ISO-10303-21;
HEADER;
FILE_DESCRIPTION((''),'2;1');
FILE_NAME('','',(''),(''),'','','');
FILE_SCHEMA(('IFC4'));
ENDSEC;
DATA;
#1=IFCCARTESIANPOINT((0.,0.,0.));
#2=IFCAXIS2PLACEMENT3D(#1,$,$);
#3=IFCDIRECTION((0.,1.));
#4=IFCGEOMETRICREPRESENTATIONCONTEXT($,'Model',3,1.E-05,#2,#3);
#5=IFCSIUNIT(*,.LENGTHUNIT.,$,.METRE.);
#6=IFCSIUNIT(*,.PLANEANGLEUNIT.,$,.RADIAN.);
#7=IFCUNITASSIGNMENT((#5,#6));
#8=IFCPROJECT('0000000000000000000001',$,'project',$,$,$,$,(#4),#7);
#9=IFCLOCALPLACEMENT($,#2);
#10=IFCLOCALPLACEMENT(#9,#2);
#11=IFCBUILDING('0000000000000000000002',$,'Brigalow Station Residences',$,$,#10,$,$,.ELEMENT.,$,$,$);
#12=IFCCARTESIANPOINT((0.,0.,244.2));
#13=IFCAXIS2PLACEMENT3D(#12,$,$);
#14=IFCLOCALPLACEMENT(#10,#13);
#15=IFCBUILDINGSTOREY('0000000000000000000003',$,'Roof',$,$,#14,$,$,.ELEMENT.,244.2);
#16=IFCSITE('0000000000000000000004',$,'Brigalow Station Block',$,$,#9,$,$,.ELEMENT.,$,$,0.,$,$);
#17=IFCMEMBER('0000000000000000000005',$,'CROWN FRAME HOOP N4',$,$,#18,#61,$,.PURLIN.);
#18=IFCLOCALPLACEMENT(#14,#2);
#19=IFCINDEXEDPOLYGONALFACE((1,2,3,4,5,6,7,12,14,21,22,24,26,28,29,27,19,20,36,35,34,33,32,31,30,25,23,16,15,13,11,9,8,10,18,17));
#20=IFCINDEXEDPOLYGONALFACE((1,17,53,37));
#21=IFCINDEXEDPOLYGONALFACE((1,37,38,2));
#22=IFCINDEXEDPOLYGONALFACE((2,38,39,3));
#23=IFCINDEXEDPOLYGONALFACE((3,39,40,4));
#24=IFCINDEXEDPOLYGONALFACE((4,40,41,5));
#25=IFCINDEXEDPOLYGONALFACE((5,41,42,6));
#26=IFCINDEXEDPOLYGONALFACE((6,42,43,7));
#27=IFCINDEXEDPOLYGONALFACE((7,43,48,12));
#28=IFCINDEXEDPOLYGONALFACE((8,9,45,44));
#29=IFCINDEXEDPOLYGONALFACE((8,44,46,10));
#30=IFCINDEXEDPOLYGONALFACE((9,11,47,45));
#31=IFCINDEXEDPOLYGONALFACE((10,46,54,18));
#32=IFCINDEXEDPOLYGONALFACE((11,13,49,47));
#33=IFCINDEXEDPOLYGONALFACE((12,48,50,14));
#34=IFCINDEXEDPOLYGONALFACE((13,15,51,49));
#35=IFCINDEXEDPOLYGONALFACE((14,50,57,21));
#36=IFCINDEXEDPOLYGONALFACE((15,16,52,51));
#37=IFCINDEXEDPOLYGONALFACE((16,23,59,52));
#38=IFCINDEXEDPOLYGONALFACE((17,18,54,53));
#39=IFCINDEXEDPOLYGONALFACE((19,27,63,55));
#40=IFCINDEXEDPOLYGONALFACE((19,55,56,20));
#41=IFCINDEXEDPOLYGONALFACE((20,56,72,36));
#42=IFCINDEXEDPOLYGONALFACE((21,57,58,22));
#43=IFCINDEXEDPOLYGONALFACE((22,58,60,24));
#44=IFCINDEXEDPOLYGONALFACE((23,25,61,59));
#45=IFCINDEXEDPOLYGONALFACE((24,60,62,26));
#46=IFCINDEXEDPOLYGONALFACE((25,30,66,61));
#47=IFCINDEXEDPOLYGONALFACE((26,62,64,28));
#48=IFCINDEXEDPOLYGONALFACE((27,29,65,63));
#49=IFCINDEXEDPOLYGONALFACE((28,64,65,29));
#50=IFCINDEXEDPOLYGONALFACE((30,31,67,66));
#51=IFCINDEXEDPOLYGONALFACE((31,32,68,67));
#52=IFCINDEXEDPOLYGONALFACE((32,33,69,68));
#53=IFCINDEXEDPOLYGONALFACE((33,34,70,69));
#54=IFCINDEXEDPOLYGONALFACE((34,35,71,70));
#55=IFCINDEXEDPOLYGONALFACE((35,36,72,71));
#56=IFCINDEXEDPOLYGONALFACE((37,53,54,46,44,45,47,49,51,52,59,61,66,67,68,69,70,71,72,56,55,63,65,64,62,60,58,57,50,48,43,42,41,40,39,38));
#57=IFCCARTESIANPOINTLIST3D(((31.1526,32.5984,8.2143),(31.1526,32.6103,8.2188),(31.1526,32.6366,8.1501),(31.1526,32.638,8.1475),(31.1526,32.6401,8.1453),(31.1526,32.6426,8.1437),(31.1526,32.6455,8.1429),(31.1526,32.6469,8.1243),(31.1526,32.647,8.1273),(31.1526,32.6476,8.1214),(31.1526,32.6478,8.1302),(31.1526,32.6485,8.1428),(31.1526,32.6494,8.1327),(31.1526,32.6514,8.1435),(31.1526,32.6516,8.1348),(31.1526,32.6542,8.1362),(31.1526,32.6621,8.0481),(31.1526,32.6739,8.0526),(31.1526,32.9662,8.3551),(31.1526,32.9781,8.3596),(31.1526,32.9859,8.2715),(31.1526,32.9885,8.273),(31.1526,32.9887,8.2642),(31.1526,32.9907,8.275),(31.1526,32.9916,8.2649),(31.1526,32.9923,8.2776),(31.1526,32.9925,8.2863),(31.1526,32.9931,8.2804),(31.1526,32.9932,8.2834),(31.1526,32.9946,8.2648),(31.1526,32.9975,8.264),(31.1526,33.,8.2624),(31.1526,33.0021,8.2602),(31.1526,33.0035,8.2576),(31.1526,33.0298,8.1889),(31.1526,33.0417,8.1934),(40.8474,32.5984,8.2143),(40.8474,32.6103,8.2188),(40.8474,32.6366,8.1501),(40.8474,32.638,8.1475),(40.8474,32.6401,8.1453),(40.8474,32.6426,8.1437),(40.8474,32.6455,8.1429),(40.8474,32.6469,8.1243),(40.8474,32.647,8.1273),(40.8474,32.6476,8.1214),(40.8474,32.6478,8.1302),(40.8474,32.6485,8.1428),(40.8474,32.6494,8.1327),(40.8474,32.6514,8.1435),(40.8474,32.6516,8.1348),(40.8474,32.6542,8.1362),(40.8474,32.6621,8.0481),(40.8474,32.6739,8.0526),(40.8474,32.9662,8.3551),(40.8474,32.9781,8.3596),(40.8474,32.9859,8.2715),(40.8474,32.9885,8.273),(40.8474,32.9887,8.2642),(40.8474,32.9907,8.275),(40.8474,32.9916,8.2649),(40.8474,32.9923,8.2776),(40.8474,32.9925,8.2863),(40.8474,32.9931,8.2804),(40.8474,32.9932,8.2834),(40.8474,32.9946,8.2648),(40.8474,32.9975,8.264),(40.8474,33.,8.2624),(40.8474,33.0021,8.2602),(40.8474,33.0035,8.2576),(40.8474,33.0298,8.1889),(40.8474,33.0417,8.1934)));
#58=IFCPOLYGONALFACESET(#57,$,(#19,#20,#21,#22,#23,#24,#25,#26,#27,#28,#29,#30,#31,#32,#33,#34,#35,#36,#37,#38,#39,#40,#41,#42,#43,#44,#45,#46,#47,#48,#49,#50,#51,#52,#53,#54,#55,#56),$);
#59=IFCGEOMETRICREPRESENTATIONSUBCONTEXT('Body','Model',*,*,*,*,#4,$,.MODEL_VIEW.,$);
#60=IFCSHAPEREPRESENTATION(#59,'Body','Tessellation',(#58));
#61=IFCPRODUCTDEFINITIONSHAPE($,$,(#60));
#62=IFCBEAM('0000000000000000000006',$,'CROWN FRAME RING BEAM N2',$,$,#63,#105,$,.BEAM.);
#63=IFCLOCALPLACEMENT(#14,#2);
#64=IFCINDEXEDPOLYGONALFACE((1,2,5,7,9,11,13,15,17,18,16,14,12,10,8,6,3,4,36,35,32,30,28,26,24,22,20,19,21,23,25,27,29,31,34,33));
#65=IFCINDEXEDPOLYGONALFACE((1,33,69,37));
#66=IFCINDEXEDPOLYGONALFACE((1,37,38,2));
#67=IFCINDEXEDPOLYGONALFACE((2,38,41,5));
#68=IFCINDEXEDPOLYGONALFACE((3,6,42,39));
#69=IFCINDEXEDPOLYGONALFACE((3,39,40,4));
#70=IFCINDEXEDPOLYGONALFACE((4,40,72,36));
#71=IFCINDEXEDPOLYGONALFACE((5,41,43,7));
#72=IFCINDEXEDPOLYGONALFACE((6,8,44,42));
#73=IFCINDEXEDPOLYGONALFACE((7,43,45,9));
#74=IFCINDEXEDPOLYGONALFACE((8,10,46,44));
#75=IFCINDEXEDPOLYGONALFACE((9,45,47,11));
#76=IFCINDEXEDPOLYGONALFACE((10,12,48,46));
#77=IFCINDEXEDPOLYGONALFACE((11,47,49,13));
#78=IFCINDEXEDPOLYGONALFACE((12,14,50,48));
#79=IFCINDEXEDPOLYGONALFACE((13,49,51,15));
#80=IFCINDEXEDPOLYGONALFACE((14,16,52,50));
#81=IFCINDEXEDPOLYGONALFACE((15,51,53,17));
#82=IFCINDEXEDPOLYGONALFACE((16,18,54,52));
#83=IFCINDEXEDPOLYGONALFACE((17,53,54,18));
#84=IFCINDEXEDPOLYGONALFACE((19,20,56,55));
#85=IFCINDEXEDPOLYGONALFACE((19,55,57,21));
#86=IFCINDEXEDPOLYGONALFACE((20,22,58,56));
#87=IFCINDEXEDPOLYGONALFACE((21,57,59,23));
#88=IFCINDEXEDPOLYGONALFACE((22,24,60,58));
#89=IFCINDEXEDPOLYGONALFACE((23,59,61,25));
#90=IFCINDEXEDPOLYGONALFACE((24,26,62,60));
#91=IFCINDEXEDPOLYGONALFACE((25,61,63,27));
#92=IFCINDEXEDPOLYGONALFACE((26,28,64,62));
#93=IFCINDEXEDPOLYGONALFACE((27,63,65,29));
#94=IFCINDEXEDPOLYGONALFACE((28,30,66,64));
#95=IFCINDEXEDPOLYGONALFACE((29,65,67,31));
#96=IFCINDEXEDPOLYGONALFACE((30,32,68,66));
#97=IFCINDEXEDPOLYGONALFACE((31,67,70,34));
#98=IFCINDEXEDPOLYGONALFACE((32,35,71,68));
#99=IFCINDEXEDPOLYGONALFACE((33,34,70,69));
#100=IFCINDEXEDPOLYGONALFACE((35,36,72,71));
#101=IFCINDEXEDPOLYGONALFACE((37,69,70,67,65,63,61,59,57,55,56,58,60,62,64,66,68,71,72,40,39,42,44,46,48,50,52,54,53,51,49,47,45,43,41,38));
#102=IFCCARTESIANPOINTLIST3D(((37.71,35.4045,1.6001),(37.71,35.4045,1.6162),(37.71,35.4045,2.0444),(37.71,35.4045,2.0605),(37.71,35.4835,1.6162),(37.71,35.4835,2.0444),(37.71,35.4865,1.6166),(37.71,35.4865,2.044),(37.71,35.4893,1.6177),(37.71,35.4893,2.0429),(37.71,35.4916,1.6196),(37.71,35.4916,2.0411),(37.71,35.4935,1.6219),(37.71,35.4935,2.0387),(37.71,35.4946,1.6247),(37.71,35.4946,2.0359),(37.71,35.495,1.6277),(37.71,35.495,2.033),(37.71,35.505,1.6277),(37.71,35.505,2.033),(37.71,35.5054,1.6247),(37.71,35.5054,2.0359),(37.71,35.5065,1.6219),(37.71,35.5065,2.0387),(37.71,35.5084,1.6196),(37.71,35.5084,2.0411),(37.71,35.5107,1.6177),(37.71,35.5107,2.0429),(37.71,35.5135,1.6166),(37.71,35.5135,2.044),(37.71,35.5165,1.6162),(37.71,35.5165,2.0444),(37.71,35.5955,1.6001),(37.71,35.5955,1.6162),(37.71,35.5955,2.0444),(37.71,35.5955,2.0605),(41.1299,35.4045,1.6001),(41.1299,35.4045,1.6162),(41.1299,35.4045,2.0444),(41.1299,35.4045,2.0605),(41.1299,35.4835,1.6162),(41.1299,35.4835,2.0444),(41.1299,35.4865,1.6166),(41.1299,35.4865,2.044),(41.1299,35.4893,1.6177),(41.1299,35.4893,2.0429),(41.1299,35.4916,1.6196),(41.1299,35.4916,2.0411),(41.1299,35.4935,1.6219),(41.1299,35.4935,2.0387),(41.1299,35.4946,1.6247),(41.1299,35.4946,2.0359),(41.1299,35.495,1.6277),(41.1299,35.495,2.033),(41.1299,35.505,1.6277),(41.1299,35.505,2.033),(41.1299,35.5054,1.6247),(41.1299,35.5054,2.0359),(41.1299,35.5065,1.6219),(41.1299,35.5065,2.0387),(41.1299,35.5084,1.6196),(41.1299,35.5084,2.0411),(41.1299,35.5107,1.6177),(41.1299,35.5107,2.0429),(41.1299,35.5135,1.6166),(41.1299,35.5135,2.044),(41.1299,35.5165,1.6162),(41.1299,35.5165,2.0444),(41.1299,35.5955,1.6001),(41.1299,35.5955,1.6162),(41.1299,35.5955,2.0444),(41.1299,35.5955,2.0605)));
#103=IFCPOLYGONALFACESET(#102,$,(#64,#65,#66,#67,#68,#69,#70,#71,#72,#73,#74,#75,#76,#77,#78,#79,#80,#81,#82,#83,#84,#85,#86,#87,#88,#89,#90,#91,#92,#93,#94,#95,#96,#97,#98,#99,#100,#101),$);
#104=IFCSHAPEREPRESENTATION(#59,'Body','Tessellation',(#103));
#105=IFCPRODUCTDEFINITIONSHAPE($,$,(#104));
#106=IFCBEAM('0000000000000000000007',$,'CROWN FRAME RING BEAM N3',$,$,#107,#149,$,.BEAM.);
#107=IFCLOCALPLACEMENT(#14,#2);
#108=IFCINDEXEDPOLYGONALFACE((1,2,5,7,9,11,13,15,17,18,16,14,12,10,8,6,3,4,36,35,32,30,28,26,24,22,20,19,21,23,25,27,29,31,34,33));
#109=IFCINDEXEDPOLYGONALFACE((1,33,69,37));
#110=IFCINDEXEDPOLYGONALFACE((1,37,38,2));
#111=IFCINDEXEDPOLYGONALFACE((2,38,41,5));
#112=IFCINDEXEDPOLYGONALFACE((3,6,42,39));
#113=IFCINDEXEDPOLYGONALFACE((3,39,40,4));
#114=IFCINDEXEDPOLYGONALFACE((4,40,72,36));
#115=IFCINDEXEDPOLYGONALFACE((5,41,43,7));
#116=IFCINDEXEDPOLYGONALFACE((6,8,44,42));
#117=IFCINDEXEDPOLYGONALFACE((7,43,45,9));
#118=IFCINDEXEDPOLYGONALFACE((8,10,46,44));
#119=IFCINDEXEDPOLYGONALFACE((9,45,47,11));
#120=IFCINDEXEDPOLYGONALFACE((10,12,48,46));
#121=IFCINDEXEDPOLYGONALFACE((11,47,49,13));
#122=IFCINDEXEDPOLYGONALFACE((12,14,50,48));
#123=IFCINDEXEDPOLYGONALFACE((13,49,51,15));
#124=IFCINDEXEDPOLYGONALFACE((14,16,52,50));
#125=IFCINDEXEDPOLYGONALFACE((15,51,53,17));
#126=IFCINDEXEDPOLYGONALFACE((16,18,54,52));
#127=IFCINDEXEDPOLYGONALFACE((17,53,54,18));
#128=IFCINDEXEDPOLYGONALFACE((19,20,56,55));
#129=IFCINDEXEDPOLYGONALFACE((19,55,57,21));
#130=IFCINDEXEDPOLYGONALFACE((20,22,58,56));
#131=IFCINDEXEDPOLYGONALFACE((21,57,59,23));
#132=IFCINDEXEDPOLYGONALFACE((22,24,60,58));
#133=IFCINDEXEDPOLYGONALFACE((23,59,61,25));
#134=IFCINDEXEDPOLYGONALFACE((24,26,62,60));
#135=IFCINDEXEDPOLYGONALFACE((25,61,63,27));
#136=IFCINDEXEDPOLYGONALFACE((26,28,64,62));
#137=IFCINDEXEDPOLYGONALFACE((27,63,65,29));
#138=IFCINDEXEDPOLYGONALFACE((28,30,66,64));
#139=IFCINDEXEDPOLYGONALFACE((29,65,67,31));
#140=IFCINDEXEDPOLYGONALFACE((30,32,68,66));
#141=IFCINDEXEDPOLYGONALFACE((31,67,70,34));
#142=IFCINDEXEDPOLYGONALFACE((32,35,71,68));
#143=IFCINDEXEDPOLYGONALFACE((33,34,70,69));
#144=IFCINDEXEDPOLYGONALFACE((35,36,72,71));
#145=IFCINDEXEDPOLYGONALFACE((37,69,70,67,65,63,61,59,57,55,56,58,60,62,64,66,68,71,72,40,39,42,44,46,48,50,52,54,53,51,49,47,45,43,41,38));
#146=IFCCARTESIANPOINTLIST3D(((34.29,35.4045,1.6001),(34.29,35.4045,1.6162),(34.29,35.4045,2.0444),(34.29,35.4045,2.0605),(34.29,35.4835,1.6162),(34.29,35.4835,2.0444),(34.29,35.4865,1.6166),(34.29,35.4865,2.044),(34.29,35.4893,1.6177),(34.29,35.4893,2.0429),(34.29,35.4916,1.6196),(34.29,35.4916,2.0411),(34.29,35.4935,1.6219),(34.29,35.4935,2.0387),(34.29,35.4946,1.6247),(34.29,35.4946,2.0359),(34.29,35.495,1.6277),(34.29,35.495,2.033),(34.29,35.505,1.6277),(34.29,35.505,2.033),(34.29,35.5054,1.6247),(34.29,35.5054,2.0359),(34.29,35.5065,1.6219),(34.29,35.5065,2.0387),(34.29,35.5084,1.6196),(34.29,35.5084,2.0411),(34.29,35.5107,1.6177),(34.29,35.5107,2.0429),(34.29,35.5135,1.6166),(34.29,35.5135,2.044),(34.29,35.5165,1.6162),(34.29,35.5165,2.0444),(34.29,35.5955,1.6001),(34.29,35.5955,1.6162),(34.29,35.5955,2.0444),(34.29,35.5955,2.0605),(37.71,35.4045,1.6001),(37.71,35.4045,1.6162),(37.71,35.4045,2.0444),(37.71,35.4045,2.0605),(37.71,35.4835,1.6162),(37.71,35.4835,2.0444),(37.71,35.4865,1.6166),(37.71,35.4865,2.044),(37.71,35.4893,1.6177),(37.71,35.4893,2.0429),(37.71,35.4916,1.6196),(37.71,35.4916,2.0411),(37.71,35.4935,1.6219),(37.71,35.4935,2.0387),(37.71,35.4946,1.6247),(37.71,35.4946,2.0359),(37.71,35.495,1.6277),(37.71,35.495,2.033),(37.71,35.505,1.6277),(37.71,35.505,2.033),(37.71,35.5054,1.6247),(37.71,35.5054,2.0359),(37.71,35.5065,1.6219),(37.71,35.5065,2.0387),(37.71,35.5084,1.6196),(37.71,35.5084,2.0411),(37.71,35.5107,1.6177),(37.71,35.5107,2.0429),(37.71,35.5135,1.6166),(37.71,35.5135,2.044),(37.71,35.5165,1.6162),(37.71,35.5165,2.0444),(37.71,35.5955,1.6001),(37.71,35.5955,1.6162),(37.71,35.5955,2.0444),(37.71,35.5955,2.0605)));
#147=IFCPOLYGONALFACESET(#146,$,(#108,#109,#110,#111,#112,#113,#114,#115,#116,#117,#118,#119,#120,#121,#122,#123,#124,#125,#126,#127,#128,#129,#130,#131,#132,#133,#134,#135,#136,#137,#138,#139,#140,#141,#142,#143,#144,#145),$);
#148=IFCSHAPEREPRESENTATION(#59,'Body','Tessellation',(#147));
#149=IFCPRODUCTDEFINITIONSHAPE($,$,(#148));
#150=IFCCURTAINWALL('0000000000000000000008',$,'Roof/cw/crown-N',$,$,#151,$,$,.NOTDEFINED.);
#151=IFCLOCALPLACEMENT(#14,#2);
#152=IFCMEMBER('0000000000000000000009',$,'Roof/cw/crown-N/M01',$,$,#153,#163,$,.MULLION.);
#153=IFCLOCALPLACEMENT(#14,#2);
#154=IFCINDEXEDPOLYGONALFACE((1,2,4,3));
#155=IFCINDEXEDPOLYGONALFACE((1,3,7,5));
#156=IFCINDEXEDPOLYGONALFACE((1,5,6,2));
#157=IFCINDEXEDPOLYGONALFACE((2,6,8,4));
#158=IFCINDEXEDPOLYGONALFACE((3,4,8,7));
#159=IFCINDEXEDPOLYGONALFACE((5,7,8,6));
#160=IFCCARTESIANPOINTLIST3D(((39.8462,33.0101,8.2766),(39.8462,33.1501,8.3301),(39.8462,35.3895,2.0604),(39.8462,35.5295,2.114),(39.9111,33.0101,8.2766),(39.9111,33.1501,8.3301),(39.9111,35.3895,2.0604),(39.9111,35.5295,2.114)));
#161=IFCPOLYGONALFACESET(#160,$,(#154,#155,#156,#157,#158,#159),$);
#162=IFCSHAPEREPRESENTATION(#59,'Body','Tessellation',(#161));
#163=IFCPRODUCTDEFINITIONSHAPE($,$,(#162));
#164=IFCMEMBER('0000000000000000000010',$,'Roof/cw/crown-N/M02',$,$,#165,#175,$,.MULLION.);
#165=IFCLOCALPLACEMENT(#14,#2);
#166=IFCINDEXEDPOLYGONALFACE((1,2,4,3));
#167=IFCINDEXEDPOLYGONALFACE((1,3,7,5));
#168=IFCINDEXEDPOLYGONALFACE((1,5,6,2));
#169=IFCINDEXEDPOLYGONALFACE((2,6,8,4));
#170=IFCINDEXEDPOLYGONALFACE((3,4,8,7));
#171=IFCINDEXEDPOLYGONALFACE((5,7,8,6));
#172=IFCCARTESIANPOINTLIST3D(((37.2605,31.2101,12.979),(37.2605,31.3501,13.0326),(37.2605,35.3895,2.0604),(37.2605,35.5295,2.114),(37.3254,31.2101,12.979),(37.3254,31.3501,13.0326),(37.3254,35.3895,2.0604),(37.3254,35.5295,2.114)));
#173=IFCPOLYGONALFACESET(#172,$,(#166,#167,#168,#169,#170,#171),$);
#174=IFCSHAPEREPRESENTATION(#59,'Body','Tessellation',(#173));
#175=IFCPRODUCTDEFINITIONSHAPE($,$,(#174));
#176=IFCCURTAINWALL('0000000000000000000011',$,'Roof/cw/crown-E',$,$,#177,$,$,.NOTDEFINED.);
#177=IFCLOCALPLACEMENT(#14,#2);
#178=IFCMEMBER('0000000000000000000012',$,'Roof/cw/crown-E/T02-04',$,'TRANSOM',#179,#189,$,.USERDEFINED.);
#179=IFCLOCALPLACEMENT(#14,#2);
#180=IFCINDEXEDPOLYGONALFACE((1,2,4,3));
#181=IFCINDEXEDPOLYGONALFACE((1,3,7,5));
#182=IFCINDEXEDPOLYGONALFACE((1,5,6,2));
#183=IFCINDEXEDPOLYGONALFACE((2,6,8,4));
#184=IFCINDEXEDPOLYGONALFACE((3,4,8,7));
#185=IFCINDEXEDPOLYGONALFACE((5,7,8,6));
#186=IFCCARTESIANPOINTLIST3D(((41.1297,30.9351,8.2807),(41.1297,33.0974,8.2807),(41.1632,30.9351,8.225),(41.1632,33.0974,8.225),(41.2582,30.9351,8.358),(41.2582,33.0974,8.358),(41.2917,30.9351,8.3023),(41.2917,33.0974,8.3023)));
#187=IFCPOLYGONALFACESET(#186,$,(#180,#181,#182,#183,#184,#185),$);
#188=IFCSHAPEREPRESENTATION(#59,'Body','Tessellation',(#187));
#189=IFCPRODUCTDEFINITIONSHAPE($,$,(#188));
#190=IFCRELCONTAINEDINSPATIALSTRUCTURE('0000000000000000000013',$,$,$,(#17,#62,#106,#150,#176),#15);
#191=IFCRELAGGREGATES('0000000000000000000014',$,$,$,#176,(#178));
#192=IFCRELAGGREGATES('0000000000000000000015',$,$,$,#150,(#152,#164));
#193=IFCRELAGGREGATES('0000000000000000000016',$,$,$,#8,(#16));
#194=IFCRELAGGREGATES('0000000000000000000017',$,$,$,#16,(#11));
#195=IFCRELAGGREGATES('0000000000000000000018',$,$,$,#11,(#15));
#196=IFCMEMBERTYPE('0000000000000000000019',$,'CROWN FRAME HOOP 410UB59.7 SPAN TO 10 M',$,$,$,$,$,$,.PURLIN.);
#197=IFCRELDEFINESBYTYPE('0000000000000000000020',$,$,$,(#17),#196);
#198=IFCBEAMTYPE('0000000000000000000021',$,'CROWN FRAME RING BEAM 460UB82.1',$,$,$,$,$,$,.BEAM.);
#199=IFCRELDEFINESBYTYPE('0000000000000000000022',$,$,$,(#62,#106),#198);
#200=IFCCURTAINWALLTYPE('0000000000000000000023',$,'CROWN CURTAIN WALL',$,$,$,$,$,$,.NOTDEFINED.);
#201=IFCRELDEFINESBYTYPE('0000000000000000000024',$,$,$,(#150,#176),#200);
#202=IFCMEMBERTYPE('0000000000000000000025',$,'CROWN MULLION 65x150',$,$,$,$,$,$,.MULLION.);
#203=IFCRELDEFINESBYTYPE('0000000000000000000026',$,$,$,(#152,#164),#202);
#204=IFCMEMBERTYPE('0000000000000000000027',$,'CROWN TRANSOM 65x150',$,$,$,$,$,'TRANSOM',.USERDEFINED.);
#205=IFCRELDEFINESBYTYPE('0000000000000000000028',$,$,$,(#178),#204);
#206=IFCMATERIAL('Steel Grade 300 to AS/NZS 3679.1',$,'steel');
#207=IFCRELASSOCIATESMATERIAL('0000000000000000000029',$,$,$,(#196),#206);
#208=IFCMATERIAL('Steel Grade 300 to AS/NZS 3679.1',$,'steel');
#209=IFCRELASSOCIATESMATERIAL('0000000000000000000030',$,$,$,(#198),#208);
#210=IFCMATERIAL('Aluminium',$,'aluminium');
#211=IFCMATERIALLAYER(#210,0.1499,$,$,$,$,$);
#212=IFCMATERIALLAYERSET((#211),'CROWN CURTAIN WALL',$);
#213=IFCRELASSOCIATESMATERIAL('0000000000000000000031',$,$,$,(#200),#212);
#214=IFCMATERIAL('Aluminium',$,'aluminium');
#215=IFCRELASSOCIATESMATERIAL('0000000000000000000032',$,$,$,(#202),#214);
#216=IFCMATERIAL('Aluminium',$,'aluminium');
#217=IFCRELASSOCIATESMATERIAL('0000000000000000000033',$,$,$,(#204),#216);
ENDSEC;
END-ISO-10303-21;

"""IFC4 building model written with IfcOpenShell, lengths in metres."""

from ifc_helpers import new_model, si_unit, direction, frame, origin, origin_2d, place, context, subcontext, project, spatial, rectangle, i_section, extrude, material, layer, layer_set, material_profile, profile_set, type_object, element, aggregate, save


model = new_model("IFC4")

# Units and contexts
model_context = context("Model", 3, precision=1e-05, world=origin(), true_north=direction((0.0, 1.0)))
body_context = subcontext(model_context, "Body", "Model", "MODEL_VIEW")
ifc_project = project(units=[si_unit("LENGTHUNIT", "METRE"), si_unit("PLANEANGLEUNIT", "RADIAN")], contexts=[model_context])

# Site, building, storey
site_placement = place(None, origin())
site = spatial("IfcSite", under=ifc_project, at=site_placement, Name="Brigalow Station Block", CompositionType="ELEMENT", RefElevation=0.0)
building_placement = place(site_placement, origin())
building = spatial("IfcBuilding", under=site, at=building_placement, Name="Brigalow Station Residences", CompositionType="ELEMENT")
storey_placement = place(building_placement, frame((0.0, 0.0, 244.2)))
storey = spatial("IfcBuildingStorey", under=building, at=storey_placement, Name="Roof", CompositionType="ELEMENT", Elevation=244.2)

# Member
ifc_material_1 = material(Name="Steel Grade 300 to AS/NZS 3679.1", Category="steel")
ifc_material_profile_1 = material_profile(ifc_material_1, i_section(OverallWidth=0.178, OverallDepth=0.4065, WebThickness=0.0078, FlangeThickness=0.0127, FilletRadius=0.0115, at=origin_2d()), Name="410UB59.7")
ifc_profile_set_1 = profile_set([ifc_material_profile_1], Name="Steel Grade 300 to AS/NZS 3679.1")
member_type_1 = type_object("IfcMemberType", Name="CROWN FRAME HOOP 410UB59.7 SPAN TO 10 M", PredefinedType="PURLIN", material=ifc_profile_set_1)
member_1_placement = place(storey_placement, frame((40.8474, 32.8201, 8.2039), z_axis=(-1.0, 0.0, 0.0), x_axis=(0.0, -0.357491, 0.933917)))
element("IfcMember", 1, at=member_1_placement, inside=storey, type_object=member_type_1, Name="CROWN FRAME HOOP N4", PredefinedType="PURLIN", context=body_context, shape_type="SweptSolid", body=[
    extrude(i_section(OverallWidth=0.178, OverallDepth=0.4065, WebThickness=0.0078, FlangeThickness=0.0127, FilletRadius=0.0115, at=origin_2d()), origin(), (0.0, 0.0, 1.0), 9.6948),
])

# Beams
ifc_material_2 = material(Name="Steel Grade 300 to AS/NZS 3679.1", Category="steel")
ifc_material_profile_2 = material_profile(ifc_material_2, i_section(OverallWidth=0.1909, OverallDepth=0.4604, WebThickness=0.01, FlangeThickness=0.0161, FilletRadius=0.0115, at=origin_2d()), Name="460UB82.1")
ifc_profile_set_2 = profile_set([ifc_material_profile_2], Name="Steel Grade 300 to AS/NZS 3679.1")
beam_type = type_object("IfcBeamType", Name="CROWN FRAME RING BEAM 460UB82.1", PredefinedType="BEAM", material=ifc_profile_set_2)
for number, where, z_axis, x_axis, name in (
    (2, (41.1299, 35.5, 1.8303), (-1.0, 0.0, 0.0), (0.0, -1.0, 0.0), "CROWN FRAME RING BEAM N2"),
    (3, (37.71, 35.5, 1.8303), (-1.0, 0.0, 0.0), (0.0, -1.0, 0.0), "CROWN FRAME RING BEAM N3"),
):
    element("IfcBeam", number, at=place(storey_placement, frame(where, z_axis=z_axis, x_axis=x_axis)), inside=storey, type_object=beam_type, Name=name, PredefinedType="BEAM", context=body_context, shape_type="SweptSolid", body=[
        extrude(i_section(OverallWidth=0.1909, OverallDepth=0.4604, WebThickness=0.01, FlangeThickness=0.0161, FilletRadius=0.0115, at=origin_2d()), origin(), (0.0, 0.0, 1.0), 3.4199),
    ])

# Curtain wall, members
ifc_material_3 = material(Name="Aluminium", Category="aluminium")
ifc_layer_1 = layer(ifc_material_3, 0.1499)
ifc_layer_set_1 = layer_set([ifc_layer_1], Name="CROWN CURTAIN WALL")
curtain_wall_type = type_object("IfcCurtainWallType", Name="CROWN CURTAIN WALL", PredefinedType="NOTDEFINED", material=ifc_layer_set_1)
curtain_wall_1_placement = place(storey_placement, origin())
curtain_wall_1 = element("IfcCurtainWall", 4, at=curtain_wall_1_placement, inside=storey, type_object=curtain_wall_type, Name="Roof/cw/crown-N", PredefinedType="NOTDEFINED")
ifc_material_4 = material(Name="Aluminium", Category="aluminium")
ifc_material_profile_3 = material_profile(ifc_material_4, rectangle(XDim=0.0649, YDim=0.1499, at=origin_2d()), Name="CROWN MULLION 65x150")
ifc_profile_set_3 = profile_set([ifc_material_profile_3], Name="Aluminium")
member_type_2 = type_object("IfcMemberType", Name="CROWN MULLION 65x150", PredefinedType="MULLION", material=ifc_profile_set_3)
member_2_placement = place(storey_placement, frame((39.8787, 35.4595, 2.0872), z_axis=(0.0, -0.357474, 0.933923), x_axis=(1.0, 0.0, 0.0)))
member_2 = element("IfcMember", 5, at=member_2_placement, type_object=member_type_2, Name="Roof/cw/crown-N/M01", PredefinedType="MULLION", context=body_context, shape_type="SweptSolid", body=[
    extrude(rectangle(XDim=0.0649, YDim=0.1499, at=origin_2d()), origin(), (0.0, 0.0, 1.0), 6.656),
])
member_3_placement = place(storey_placement, frame((37.293, 35.4595, 2.0872), z_axis=(0.0, -0.357484, 0.933919), x_axis=(1.0, 0.0, 0.0)))
member_3 = element("IfcMember", 6, at=member_3_placement, type_object=member_type_2, Name="Roof/cw/crown-N/M02", PredefinedType="MULLION", context=body_context, shape_type="SweptSolid", body=[
    extrude(rectangle(XDim=0.0649, YDim=0.1499, at=origin_2d()), origin(), (0.0, 0.0, 1.0), 11.6912),
])

# Curtain wall, member
curtain_wall_2_placement = place(storey_placement, origin())
curtain_wall_2 = element("IfcCurtainWall", 7, at=curtain_wall_2_placement, inside=storey, type_object=curtain_wall_type, Name="Roof/cw/crown-E", PredefinedType="NOTDEFINED")
ifc_material_5 = material(Name="Aluminium", Category="aluminium")
ifc_material_profile_4 = material_profile(ifc_material_5, rectangle(XDim=0.0649, YDim=0.1499, at=origin_2d()), Name="CROWN TRANSOM 65x150")
ifc_profile_set_4 = profile_set([ifc_material_profile_4], Name="Aluminium")
member_type_3 = type_object("IfcMemberType", Name="CROWN TRANSOM 65x150", ElementType="TRANSOM", PredefinedType="USERDEFINED", material=ifc_profile_set_4)
member_4_placement = place(storey_placement, frame((41.2107, 30.9351, 8.2915), z_axis=(0.0, 1.0, 0.0), x_axis=(-0.515813, 0.0, 0.856701)))
member_4 = element("IfcMember", 8, at=member_4_placement, type_object=member_type_3, Name="Roof/cw/crown-E/T02-04", ObjectType="TRANSOM", PredefinedType="USERDEFINED", context=body_context, shape_type="SweptSolid", body=[
    extrude(rectangle(XDim=0.0649, YDim=0.1499, at=origin_2d()), origin(), (0.0, 0.0, 1.0), 2.1624),
])
aggregate(curtain_wall_2, [member_4])

aggregate(curtain_wall_1, [member_2, member_3])

save(model, "model.ifc")
